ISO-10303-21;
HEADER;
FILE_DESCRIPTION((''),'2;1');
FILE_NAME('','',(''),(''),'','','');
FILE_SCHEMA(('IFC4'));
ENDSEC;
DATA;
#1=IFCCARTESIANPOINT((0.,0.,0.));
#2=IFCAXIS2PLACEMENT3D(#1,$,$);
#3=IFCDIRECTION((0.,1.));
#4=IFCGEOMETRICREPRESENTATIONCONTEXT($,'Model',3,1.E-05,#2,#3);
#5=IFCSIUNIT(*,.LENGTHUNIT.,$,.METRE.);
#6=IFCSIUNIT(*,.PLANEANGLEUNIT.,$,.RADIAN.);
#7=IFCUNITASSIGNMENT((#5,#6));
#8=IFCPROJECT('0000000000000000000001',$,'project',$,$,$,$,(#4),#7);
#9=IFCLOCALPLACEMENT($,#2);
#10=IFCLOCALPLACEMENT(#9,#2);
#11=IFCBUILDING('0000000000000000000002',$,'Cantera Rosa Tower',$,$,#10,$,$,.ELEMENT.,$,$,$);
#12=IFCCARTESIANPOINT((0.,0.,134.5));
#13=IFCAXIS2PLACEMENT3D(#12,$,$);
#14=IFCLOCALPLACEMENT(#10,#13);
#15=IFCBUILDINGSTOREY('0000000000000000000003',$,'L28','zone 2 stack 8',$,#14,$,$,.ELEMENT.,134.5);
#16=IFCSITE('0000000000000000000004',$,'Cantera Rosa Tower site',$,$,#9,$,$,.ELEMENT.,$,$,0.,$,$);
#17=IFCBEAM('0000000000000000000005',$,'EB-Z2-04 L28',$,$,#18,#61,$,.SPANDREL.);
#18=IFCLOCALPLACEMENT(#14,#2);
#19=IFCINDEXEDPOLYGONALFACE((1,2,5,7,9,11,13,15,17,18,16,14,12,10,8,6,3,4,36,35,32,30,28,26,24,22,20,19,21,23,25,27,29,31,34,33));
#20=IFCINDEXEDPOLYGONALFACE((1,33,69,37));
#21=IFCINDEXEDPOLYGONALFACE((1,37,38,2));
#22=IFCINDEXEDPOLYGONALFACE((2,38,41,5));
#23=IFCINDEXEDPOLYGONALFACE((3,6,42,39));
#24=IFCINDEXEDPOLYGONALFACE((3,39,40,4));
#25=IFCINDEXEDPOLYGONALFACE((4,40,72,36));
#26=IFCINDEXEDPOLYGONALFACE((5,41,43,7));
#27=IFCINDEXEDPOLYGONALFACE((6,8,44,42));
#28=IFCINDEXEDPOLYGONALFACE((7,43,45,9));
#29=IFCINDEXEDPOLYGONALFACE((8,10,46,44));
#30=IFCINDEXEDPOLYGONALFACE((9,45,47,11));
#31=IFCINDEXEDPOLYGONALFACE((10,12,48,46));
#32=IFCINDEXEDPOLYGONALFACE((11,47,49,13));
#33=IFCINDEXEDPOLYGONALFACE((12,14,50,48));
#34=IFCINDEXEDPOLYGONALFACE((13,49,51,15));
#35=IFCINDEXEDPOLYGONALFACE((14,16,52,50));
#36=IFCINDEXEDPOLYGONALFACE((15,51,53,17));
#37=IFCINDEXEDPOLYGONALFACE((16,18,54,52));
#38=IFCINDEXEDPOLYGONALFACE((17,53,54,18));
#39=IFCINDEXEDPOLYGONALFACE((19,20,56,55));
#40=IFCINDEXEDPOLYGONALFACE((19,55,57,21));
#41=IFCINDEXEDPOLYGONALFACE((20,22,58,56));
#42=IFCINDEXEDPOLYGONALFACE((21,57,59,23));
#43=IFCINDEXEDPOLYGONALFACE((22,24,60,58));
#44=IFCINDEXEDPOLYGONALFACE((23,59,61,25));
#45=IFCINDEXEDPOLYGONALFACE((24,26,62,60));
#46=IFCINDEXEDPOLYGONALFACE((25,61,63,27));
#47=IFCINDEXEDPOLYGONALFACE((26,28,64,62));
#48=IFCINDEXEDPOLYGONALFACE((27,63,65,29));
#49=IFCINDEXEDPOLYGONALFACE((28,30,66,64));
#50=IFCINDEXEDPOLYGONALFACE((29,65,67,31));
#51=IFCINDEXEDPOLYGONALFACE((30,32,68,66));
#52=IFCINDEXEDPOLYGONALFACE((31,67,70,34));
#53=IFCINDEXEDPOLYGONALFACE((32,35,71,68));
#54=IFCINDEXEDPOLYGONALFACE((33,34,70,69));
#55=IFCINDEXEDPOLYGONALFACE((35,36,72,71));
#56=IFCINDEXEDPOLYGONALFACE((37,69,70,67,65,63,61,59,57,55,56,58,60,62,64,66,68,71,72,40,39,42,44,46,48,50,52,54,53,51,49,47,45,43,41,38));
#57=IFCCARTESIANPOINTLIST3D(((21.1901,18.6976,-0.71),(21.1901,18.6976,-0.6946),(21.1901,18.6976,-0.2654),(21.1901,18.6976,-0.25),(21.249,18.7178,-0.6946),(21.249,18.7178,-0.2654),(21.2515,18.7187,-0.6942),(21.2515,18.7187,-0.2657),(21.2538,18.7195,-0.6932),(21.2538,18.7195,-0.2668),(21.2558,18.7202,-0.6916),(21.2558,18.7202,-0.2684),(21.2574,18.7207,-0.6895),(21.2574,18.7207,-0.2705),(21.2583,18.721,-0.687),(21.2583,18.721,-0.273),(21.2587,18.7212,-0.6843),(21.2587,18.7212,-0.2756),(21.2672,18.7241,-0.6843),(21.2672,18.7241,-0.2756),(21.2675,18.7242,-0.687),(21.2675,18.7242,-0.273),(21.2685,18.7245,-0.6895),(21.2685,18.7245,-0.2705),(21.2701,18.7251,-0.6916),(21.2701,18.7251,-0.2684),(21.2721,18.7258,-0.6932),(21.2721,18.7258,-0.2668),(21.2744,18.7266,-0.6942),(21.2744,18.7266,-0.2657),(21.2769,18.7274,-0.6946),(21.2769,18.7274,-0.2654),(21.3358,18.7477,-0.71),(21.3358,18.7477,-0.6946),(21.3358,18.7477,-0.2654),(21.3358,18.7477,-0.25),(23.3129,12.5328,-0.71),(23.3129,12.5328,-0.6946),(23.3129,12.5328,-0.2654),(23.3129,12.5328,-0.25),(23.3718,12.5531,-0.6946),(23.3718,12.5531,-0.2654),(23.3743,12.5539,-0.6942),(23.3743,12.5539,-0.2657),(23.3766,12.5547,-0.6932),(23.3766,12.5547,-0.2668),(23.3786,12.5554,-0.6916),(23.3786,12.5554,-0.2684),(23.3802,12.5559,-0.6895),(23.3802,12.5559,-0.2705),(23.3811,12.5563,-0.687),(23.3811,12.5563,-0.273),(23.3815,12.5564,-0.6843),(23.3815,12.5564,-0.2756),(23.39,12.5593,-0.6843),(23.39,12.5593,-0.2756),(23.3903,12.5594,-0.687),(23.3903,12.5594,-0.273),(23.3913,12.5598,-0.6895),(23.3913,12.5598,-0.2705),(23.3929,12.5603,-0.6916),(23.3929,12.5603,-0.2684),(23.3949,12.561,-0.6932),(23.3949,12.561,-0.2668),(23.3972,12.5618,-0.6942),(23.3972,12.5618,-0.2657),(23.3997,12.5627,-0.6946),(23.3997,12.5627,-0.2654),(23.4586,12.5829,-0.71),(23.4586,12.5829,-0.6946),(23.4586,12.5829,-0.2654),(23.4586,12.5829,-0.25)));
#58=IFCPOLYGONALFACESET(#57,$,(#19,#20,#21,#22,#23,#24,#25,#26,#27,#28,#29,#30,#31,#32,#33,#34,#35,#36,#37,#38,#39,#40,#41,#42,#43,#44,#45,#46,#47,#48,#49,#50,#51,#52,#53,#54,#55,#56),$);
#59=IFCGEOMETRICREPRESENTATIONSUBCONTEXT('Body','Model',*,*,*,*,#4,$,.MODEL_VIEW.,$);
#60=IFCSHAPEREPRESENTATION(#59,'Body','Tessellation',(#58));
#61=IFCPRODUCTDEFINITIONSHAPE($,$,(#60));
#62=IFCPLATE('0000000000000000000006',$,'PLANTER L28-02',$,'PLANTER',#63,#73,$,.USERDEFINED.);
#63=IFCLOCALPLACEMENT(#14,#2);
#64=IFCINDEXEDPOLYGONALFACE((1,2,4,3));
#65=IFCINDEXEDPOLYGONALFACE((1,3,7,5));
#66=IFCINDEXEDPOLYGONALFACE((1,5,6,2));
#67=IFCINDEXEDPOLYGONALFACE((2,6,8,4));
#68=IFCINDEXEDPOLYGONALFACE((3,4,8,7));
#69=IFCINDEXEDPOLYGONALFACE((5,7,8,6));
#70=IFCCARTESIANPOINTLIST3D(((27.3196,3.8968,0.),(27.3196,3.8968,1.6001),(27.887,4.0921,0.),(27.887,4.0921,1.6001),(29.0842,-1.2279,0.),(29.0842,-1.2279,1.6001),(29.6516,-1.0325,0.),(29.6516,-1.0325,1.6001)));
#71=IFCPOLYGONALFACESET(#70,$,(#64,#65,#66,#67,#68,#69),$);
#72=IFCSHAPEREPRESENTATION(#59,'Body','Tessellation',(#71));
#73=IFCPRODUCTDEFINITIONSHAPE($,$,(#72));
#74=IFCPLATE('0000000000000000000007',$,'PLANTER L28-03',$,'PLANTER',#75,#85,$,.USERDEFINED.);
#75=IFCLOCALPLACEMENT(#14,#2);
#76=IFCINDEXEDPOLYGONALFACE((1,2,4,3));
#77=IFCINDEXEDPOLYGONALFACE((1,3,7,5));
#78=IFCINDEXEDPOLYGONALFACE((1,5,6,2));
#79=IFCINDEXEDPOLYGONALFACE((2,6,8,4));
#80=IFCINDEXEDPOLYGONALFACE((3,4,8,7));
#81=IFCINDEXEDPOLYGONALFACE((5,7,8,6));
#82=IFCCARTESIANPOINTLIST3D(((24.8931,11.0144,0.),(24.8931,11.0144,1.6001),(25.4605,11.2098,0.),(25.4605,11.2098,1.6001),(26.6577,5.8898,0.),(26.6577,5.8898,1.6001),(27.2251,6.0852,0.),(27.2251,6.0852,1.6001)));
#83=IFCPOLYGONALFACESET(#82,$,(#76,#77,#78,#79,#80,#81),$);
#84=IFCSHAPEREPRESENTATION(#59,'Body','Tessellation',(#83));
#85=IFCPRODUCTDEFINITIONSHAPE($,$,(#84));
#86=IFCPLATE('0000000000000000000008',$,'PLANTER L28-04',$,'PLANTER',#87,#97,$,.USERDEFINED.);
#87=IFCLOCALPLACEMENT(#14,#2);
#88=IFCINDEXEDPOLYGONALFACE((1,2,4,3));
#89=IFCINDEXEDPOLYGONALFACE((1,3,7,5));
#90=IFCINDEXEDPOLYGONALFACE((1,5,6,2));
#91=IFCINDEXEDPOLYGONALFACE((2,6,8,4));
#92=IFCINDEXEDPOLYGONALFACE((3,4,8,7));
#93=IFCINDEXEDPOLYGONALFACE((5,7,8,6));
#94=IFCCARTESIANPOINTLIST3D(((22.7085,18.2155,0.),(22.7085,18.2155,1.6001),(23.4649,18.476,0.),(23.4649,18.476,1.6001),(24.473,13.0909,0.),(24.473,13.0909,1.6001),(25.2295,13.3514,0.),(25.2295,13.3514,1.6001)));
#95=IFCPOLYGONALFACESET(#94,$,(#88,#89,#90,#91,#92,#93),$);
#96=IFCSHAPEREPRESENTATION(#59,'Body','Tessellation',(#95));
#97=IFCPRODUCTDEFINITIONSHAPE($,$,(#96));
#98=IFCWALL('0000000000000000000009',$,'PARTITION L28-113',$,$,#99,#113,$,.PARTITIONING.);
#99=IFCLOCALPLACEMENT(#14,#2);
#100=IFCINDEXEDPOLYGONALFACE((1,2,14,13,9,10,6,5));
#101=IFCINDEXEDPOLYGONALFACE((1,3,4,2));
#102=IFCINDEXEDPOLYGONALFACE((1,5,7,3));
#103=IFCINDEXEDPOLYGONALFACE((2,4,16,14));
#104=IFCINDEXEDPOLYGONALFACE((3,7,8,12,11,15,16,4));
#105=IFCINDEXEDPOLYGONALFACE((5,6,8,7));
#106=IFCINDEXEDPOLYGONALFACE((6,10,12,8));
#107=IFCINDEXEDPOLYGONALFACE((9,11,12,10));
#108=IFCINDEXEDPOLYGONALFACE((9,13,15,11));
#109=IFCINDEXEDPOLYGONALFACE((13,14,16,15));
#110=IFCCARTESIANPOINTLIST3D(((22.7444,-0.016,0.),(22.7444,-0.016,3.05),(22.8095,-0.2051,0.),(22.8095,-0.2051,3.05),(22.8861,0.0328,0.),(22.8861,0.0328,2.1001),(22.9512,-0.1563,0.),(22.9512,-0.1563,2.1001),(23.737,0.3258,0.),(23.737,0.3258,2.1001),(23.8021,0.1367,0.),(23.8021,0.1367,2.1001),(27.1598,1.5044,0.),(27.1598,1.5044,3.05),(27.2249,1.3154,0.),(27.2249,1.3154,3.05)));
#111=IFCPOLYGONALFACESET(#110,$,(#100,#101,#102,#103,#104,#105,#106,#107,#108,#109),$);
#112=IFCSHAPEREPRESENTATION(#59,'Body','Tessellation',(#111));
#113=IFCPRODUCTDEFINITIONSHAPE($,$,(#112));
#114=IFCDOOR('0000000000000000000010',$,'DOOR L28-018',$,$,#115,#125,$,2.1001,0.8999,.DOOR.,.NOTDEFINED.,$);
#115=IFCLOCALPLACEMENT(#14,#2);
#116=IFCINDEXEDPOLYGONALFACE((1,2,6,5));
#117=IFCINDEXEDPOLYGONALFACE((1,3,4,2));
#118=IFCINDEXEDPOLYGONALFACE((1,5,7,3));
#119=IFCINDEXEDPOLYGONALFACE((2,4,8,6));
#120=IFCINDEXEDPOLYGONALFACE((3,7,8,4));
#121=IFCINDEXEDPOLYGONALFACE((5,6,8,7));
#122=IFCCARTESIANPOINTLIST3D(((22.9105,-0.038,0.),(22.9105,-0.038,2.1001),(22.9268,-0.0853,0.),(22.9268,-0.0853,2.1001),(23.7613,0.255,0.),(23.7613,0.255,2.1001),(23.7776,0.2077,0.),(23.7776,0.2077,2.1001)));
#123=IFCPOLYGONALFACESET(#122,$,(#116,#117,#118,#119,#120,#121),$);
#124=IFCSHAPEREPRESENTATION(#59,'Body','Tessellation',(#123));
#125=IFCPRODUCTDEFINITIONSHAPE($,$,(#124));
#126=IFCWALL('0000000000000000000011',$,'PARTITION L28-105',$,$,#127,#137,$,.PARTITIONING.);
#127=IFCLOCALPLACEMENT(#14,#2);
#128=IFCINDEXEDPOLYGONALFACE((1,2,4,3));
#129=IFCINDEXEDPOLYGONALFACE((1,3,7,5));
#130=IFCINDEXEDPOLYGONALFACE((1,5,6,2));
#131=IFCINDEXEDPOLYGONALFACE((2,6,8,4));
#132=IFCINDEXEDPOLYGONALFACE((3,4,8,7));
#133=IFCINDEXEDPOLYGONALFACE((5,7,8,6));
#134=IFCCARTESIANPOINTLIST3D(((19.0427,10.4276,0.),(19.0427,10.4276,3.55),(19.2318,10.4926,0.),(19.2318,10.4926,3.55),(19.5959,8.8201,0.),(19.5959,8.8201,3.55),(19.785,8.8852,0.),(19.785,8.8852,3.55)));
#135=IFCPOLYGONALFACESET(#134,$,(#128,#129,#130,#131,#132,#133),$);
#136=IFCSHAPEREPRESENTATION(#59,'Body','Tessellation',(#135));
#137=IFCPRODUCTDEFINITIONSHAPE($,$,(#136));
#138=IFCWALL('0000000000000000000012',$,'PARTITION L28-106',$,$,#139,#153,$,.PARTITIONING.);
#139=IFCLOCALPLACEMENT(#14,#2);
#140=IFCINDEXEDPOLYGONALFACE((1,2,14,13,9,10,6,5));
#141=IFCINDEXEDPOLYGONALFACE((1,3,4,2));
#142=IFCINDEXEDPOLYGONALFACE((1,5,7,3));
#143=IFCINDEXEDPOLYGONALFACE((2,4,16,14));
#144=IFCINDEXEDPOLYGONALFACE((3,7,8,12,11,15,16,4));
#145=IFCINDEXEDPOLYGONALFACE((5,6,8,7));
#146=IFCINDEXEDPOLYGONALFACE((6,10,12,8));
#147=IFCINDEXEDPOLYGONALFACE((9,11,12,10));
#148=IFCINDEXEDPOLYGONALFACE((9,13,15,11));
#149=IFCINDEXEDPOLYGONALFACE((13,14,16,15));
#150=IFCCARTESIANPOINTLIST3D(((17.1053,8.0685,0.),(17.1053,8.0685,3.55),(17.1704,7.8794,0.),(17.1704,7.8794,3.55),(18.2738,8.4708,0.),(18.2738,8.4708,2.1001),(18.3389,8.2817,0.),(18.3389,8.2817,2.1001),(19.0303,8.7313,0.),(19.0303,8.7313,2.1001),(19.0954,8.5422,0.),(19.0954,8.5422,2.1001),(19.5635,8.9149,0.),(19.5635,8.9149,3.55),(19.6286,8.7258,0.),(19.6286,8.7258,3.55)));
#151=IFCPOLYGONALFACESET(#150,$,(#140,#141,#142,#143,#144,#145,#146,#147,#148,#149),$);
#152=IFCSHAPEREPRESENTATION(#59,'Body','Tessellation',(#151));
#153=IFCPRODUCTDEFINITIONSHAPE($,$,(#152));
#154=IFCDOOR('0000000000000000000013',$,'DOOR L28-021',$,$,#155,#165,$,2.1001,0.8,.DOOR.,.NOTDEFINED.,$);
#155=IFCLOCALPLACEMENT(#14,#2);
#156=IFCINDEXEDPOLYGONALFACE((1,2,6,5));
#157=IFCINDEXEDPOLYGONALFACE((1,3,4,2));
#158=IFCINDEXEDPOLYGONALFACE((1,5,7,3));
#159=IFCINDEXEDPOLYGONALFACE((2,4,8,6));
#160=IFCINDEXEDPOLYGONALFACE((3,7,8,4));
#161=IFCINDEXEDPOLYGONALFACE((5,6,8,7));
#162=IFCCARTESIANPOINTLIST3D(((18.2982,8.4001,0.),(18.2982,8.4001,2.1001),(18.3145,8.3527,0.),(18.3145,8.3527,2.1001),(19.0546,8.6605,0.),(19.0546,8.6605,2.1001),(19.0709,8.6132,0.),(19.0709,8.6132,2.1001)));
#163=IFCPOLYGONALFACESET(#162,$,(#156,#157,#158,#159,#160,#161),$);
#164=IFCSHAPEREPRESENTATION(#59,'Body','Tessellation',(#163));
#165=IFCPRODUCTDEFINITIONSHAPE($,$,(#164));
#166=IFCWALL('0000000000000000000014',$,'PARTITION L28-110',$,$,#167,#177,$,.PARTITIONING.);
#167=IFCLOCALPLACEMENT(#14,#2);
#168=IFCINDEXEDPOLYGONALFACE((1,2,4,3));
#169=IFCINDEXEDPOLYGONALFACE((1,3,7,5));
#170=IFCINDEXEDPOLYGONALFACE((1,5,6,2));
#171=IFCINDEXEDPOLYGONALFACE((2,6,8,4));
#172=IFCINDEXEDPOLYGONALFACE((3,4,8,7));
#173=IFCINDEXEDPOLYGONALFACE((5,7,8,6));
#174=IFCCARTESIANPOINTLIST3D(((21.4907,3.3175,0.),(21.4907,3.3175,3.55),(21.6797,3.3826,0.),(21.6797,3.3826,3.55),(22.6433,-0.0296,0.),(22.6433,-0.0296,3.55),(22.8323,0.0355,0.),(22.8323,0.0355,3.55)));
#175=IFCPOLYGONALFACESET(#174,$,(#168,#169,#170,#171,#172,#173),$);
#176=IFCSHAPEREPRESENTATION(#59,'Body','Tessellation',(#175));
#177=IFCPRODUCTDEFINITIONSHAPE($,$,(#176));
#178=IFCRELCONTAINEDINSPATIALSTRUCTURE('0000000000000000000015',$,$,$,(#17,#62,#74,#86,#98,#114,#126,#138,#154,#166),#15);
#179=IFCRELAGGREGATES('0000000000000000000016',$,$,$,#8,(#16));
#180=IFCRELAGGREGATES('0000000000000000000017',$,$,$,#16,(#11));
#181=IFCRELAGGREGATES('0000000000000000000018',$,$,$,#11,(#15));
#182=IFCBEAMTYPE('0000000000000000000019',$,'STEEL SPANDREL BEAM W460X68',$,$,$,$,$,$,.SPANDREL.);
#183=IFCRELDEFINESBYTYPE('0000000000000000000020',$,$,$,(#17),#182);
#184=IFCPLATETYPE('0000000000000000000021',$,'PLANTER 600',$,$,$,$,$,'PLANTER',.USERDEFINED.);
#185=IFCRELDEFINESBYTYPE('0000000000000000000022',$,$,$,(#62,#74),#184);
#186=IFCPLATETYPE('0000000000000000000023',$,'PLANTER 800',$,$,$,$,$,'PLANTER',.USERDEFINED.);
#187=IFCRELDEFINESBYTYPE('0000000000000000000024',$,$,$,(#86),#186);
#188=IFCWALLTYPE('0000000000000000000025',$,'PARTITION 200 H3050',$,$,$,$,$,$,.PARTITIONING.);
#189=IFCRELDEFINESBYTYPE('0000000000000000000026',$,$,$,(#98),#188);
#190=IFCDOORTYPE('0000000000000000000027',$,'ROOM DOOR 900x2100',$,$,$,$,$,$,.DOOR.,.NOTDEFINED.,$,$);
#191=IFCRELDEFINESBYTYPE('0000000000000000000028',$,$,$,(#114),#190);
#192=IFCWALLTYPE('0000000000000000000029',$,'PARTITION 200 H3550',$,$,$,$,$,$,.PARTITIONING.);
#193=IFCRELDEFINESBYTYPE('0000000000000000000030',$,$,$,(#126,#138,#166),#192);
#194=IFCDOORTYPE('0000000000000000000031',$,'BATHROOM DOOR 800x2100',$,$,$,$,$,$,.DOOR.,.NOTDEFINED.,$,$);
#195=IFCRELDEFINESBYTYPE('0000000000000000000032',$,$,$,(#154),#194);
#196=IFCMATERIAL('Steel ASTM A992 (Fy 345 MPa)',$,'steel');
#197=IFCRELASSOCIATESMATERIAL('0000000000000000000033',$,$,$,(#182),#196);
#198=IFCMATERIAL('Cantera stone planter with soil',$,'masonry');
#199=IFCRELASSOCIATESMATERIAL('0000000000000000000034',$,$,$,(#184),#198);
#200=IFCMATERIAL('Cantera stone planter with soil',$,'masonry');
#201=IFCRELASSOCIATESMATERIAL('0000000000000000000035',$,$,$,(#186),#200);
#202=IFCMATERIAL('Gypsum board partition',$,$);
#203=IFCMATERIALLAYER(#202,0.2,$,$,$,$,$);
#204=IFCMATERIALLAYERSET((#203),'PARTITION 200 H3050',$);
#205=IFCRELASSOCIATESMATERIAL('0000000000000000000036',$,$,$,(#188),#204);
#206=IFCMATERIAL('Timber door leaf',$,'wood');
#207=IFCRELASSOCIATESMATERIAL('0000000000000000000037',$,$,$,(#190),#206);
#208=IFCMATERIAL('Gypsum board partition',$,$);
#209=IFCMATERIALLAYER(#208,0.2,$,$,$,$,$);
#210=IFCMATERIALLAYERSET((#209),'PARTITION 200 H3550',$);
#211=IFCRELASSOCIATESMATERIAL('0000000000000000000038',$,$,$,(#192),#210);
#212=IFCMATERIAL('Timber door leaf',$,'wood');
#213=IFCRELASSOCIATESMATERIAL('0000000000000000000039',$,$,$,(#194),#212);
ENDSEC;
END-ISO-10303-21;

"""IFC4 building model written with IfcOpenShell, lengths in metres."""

from ifc_helpers import new_model, si_unit, direction, frame, frame_2d, origin, origin_2d, place, context, subcontext, project, spatial, rectangle, i_section, extrude, material, layer, layer_set, material_profile, profile_set, type_object, element, fill, save


model = new_model("IFC4")

# Units and contexts
model_context = context("Model", 3, precision=1e-05, world=origin(), true_north=direction((0.0, 1.0)))
body_context = subcontext(model_context, "Body", "Model", "MODEL_VIEW")
ifc_project = project(units=[si_unit("LENGTHUNIT", "METRE"), si_unit("PLANEANGLEUNIT", "RADIAN")], contexts=[model_context])

# Site, building, storey
site_placement = place(None, origin())
site = spatial("IfcSite", under=ifc_project, at=site_placement, Name="Cantera Rosa Tower site", CompositionType="ELEMENT", RefElevation=0.0)
building_placement = place(site_placement, origin())
building = spatial("IfcBuilding", under=site, at=building_placement, Name="Cantera Rosa Tower", CompositionType="ELEMENT")
storey_placement = place(building_placement, frame((0.0, 0.0, 134.5)))
storey = spatial("IfcBuildingStorey", under=building, at=storey_placement, Name="L28", Description="zone 2 stack 8", CompositionType="ELEMENT", Elevation=134.5)

# Beam
ifc_material_1 = material(Name="Steel ASTM A992 (Fy 345 MPa)", Category="steel")
ifc_material_profile_1 = material_profile(ifc_material_1, i_section(OverallWidth=0.1541, OverallDepth=0.46, WebThickness=0.009, FlangeThickness=0.0154, FilletRadius=0.0103, at=origin_2d()), Name="W460X68")
ifc_profile_set_1 = profile_set([ifc_material_profile_1], Name="Steel ASTM A992 (Fy 345 MPa)")
beam_type_1 = type_object("IfcBeamType", Name="STEEL SPANDREL BEAM W460X68", PredefinedType="SPANDREL", material=ifc_profile_set_1)
for number, where, z_axis, x_axis, name in (
    (1, (23.3857, 12.5579, -0.48), (-0.325581, 0.945514, 0.0), (-0.945514, -0.325581, 0.0), "EB-Z2-04 L28"),
):
    element("IfcBeam", number, at=place(storey_placement, frame(where, z_axis=z_axis, x_axis=x_axis)), inside=storey, type_object=beam_type_1, Name=name, PredefinedType="SPANDREL", context=body_context, shape_type="SweptSolid", body=[
        extrude(i_section(OverallWidth=0.1541, OverallDepth=0.46, WebThickness=0.009, FlangeThickness=0.0154, FilletRadius=0.0103, at=origin_2d()), origin(), (0.0, 0.0, 1.0), 6.52),
    ])

# Plates
ifc_material_2 = material(Name="Cantera stone planter with soil", Category="masonry")
plate_type_1 = type_object("IfcPlateType", Name="PLANTER 600", ElementType="PLANTER", PredefinedType="USERDEFINED", material=ifc_material_2)
for number, where, z_axis, x_axis, name in (
    (2, (28.4856, 1.4321, 0.0), (0.0, 0.0, 1.0), (-0.325568, 0.945519, 0.0), "PLANTER L28-02"),
    (3, (26.0591, 8.5498, 0.0), (0.0, 0.0, 1.0), (-0.325568, 0.945519, 0.0), "PLANTER L28-03"),
):
    element("IfcPlate", number, at=place(storey_placement, frame(where, z_axis=z_axis, x_axis=x_axis)), inside=storey, type_object=plate_type_1, Name=name, ObjectType="PLANTER", PredefinedType="USERDEFINED", context=body_context, shape_type="SweptSolid", body=[
        extrude(rectangle(XDim=5.4199, YDim=0.6001, at=origin_2d()), origin(), (0.0, 0.0, 1.0), 1.6001),
    ])
ifc_material_3 = material(Name="Cantera stone planter with soil", Category="masonry")
plate_type_2 = type_object("IfcPlateType", Name="PLANTER 800", ElementType="PLANTER", PredefinedType="USERDEFINED", material=ifc_material_3)
plate_placement = place(storey_placement, frame((23.969, 15.7834, 0.0), z_axis=(0.0, 0.0, 1.0), x_axis=(-0.325568, 0.945519, 0.0)))
element("IfcPlate", 4, at=plate_placement, inside=storey, type_object=plate_type_2, Name="PLANTER L28-04", ObjectType="PLANTER", PredefinedType="USERDEFINED", context=body_context, shape_type="SweptSolid", body=[
    extrude(rectangle(XDim=5.4199, YDim=0.8, at=origin_2d()), origin(), (0.0, 0.0, 1.0), 1.6001),
])

# Wall, opening, door
ifc_material_4 = material(Name="Gypsum board partition")
ifc_layer_1 = layer(ifc_material_4, 0.2)
ifc_layer_set_1 = layer_set([ifc_layer_1], Name="PARTITION 200 H3050")
wall_type_1 = type_object("IfcWallType", Name="PARTITION 200 H3050", PredefinedType="PARTITIONING", material=ifc_layer_set_1)
wall_1_placement = place(storey_placement, frame((27.1924, 1.4099, 0.0), z_axis=(0.0, 0.0, 1.0), x_axis=(-0.945511, -0.325591, 0.0)))
wall_1 = element("IfcWall", 5, at=wall_1_placement, inside=storey, type_object=wall_type_1, Name="PARTITION L28-113", PredefinedType="PARTITIONING", context=body_context, shape_type="SweptSolid", body=[
    extrude(rectangle(XDim=4.6699, YDim=0.2, at=frame_2d((2.335, 0.0))), origin(), (0.0, 0.0, 1.0), 3.05),
])
opening_1_placement = place(wall_1_placement, frame((3.6201, 0.0, 0.0)))
opening_1 = element("IfcOpeningElement", 6, at=opening_1_placement, cuts=wall_1, PredefinedType="OPENING", context=body_context, shape_type="SweptSolid", body=[
    extrude(rectangle(XDim=0.8999, YDim=2.1001, at=frame_2d((0.45, 1.05))), frame((0.0, 0.1099, 0.0), z_axis=(0.0, -1.0, 0.0), x_axis=(1.0, 0.0, 0.0)), (0.0, 0.0, 1.0), 0.22),
])
ifc_material_5 = material(Name="Timber door leaf", Category="wood")
door_type_1 = type_object("IfcDoorType", Name="ROOM DOOR 900x2100", OperationType="NOTDEFINED", PredefinedType="DOOR", material=ifc_material_5)
door_1_placement = place(opening_1_placement, origin())
door_1 = element("IfcDoor", 7, at=door_1_placement, inside=storey, type_object=door_type_1, Name="DOOR L28-018", OperationType="NOTDEFINED", OverallHeight=2.1001, OverallWidth=0.8999, PredefinedType="DOOR", context=body_context, shape_type="SweptSolid", body=[
    extrude(rectangle(XDim=0.8999, YDim=2.1001, at=frame_2d((0.45, 1.05))), frame((0.0, 0.0249, 0.0), z_axis=(0.0, -1.0, 0.0), x_axis=(1.0, 0.0, 0.0)), (0.0, 0.0, 1.0), 0.05),
])
fill(opening_1, door_1)

# Wall
ifc_material_6 = material(Name="Gypsum board partition")
ifc_layer_2 = layer(ifc_material_6, 0.2)
ifc_layer_set_2 = layer_set([ifc_layer_2], Name="PARTITION 200 H3550")
wall_type_2 = type_object("IfcWallType", Name="PARTITION 200 H3550", PredefinedType="PARTITIONING", material=ifc_layer_set_2)
wall_2_placement = place(storey_placement, frame((19.1372, 10.4602, 0.0), z_axis=(0.0, 0.0, 1.0), x_axis=(0.325433, -0.945565, 0.0)))
element("IfcWall", 8, at=wall_2_placement, inside=storey, type_object=wall_type_2, Name="PARTITION L28-105", PredefinedType="PARTITIONING", context=body_context, shape_type="SweptSolid", body=[
    extrude(rectangle(XDim=1.7, YDim=0.2, at=frame_2d((0.8501, 0.0))), origin(), (0.0, 0.0, 1.0), 3.55),
])

# Wall, opening, door
wall_3_placement = place(storey_placement, frame((19.5959, 8.8203, 0.0), z_axis=(0.0, 0.0, 1.0), x_axis=(-0.94552, -0.325565, 0.0)))
wall_3 = element("IfcWall", 9, at=wall_3_placement, inside=storey, type_object=wall_type_2, Name="PARTITION L28-106", PredefinedType="PARTITIONING", context=body_context, shape_type="SweptSolid", body=[
    extrude(rectangle(XDim=2.5999, YDim=0.2, at=frame_2d((1.2998, 0.0))), origin(), (0.0, 0.0, 1.0), 3.55),
])
opening_2_placement = place(wall_3_placement, frame((0.564, 0.0, 0.0)))
opening_2 = element("IfcOpeningElement", 10, at=opening_2_placement, cuts=wall_3, PredefinedType="OPENING", context=body_context, shape_type="SweptSolid", body=[
    extrude(rectangle(XDim=0.8, YDim=2.1001, at=frame_2d((0.3999, 1.05))), frame((0.0, 0.1099, 0.0), z_axis=(0.0, -1.0, 0.0), x_axis=(1.0, 0.0, 0.0)), (0.0, 0.0, 1.0), 0.22),
])
ifc_material_7 = material(Name="Timber door leaf", Category="wood")
door_type_2 = type_object("IfcDoorType", Name="BATHROOM DOOR 800x2100", OperationType="NOTDEFINED", PredefinedType="DOOR", material=ifc_material_7)
door_2_placement = place(opening_2_placement, origin())
door_2 = element("IfcDoor", 11, at=door_2_placement, inside=storey, type_object=door_type_2, Name="DOOR L28-021", OperationType="NOTDEFINED", OverallHeight=2.1001, OverallWidth=0.8, PredefinedType="DOOR", context=body_context, shape_type="SweptSolid", body=[
    extrude(rectangle(XDim=0.8, YDim=2.1001, at=frame_2d((0.3999, 1.05))), frame((0.0, 0.0249, 0.0), z_axis=(0.0, -1.0, 0.0), x_axis=(1.0, 0.0, 0.0)), (0.0, 0.0, 1.0), 0.05),
])
fill(opening_2, door_2)

# Wall
wall_4_placement = place(storey_placement, frame((21.5852, 3.3501, 0.0), z_axis=(0.0, 0.0, 1.0), x_axis=(0.325585, -0.945513, 0.0)))
element("IfcWall", 12, at=wall_4_placement, inside=storey, type_object=wall_type_2, Name="PARTITION L28-110", PredefinedType="PARTITIONING", context=body_context, shape_type="SweptSolid", body=[
    extrude(rectangle(XDim=3.54, YDim=0.2, at=frame_2d((1.77, 0.0))), origin(), (0.0, 0.0, 1.0), 3.55),
])

save(model, "model.ifc")
